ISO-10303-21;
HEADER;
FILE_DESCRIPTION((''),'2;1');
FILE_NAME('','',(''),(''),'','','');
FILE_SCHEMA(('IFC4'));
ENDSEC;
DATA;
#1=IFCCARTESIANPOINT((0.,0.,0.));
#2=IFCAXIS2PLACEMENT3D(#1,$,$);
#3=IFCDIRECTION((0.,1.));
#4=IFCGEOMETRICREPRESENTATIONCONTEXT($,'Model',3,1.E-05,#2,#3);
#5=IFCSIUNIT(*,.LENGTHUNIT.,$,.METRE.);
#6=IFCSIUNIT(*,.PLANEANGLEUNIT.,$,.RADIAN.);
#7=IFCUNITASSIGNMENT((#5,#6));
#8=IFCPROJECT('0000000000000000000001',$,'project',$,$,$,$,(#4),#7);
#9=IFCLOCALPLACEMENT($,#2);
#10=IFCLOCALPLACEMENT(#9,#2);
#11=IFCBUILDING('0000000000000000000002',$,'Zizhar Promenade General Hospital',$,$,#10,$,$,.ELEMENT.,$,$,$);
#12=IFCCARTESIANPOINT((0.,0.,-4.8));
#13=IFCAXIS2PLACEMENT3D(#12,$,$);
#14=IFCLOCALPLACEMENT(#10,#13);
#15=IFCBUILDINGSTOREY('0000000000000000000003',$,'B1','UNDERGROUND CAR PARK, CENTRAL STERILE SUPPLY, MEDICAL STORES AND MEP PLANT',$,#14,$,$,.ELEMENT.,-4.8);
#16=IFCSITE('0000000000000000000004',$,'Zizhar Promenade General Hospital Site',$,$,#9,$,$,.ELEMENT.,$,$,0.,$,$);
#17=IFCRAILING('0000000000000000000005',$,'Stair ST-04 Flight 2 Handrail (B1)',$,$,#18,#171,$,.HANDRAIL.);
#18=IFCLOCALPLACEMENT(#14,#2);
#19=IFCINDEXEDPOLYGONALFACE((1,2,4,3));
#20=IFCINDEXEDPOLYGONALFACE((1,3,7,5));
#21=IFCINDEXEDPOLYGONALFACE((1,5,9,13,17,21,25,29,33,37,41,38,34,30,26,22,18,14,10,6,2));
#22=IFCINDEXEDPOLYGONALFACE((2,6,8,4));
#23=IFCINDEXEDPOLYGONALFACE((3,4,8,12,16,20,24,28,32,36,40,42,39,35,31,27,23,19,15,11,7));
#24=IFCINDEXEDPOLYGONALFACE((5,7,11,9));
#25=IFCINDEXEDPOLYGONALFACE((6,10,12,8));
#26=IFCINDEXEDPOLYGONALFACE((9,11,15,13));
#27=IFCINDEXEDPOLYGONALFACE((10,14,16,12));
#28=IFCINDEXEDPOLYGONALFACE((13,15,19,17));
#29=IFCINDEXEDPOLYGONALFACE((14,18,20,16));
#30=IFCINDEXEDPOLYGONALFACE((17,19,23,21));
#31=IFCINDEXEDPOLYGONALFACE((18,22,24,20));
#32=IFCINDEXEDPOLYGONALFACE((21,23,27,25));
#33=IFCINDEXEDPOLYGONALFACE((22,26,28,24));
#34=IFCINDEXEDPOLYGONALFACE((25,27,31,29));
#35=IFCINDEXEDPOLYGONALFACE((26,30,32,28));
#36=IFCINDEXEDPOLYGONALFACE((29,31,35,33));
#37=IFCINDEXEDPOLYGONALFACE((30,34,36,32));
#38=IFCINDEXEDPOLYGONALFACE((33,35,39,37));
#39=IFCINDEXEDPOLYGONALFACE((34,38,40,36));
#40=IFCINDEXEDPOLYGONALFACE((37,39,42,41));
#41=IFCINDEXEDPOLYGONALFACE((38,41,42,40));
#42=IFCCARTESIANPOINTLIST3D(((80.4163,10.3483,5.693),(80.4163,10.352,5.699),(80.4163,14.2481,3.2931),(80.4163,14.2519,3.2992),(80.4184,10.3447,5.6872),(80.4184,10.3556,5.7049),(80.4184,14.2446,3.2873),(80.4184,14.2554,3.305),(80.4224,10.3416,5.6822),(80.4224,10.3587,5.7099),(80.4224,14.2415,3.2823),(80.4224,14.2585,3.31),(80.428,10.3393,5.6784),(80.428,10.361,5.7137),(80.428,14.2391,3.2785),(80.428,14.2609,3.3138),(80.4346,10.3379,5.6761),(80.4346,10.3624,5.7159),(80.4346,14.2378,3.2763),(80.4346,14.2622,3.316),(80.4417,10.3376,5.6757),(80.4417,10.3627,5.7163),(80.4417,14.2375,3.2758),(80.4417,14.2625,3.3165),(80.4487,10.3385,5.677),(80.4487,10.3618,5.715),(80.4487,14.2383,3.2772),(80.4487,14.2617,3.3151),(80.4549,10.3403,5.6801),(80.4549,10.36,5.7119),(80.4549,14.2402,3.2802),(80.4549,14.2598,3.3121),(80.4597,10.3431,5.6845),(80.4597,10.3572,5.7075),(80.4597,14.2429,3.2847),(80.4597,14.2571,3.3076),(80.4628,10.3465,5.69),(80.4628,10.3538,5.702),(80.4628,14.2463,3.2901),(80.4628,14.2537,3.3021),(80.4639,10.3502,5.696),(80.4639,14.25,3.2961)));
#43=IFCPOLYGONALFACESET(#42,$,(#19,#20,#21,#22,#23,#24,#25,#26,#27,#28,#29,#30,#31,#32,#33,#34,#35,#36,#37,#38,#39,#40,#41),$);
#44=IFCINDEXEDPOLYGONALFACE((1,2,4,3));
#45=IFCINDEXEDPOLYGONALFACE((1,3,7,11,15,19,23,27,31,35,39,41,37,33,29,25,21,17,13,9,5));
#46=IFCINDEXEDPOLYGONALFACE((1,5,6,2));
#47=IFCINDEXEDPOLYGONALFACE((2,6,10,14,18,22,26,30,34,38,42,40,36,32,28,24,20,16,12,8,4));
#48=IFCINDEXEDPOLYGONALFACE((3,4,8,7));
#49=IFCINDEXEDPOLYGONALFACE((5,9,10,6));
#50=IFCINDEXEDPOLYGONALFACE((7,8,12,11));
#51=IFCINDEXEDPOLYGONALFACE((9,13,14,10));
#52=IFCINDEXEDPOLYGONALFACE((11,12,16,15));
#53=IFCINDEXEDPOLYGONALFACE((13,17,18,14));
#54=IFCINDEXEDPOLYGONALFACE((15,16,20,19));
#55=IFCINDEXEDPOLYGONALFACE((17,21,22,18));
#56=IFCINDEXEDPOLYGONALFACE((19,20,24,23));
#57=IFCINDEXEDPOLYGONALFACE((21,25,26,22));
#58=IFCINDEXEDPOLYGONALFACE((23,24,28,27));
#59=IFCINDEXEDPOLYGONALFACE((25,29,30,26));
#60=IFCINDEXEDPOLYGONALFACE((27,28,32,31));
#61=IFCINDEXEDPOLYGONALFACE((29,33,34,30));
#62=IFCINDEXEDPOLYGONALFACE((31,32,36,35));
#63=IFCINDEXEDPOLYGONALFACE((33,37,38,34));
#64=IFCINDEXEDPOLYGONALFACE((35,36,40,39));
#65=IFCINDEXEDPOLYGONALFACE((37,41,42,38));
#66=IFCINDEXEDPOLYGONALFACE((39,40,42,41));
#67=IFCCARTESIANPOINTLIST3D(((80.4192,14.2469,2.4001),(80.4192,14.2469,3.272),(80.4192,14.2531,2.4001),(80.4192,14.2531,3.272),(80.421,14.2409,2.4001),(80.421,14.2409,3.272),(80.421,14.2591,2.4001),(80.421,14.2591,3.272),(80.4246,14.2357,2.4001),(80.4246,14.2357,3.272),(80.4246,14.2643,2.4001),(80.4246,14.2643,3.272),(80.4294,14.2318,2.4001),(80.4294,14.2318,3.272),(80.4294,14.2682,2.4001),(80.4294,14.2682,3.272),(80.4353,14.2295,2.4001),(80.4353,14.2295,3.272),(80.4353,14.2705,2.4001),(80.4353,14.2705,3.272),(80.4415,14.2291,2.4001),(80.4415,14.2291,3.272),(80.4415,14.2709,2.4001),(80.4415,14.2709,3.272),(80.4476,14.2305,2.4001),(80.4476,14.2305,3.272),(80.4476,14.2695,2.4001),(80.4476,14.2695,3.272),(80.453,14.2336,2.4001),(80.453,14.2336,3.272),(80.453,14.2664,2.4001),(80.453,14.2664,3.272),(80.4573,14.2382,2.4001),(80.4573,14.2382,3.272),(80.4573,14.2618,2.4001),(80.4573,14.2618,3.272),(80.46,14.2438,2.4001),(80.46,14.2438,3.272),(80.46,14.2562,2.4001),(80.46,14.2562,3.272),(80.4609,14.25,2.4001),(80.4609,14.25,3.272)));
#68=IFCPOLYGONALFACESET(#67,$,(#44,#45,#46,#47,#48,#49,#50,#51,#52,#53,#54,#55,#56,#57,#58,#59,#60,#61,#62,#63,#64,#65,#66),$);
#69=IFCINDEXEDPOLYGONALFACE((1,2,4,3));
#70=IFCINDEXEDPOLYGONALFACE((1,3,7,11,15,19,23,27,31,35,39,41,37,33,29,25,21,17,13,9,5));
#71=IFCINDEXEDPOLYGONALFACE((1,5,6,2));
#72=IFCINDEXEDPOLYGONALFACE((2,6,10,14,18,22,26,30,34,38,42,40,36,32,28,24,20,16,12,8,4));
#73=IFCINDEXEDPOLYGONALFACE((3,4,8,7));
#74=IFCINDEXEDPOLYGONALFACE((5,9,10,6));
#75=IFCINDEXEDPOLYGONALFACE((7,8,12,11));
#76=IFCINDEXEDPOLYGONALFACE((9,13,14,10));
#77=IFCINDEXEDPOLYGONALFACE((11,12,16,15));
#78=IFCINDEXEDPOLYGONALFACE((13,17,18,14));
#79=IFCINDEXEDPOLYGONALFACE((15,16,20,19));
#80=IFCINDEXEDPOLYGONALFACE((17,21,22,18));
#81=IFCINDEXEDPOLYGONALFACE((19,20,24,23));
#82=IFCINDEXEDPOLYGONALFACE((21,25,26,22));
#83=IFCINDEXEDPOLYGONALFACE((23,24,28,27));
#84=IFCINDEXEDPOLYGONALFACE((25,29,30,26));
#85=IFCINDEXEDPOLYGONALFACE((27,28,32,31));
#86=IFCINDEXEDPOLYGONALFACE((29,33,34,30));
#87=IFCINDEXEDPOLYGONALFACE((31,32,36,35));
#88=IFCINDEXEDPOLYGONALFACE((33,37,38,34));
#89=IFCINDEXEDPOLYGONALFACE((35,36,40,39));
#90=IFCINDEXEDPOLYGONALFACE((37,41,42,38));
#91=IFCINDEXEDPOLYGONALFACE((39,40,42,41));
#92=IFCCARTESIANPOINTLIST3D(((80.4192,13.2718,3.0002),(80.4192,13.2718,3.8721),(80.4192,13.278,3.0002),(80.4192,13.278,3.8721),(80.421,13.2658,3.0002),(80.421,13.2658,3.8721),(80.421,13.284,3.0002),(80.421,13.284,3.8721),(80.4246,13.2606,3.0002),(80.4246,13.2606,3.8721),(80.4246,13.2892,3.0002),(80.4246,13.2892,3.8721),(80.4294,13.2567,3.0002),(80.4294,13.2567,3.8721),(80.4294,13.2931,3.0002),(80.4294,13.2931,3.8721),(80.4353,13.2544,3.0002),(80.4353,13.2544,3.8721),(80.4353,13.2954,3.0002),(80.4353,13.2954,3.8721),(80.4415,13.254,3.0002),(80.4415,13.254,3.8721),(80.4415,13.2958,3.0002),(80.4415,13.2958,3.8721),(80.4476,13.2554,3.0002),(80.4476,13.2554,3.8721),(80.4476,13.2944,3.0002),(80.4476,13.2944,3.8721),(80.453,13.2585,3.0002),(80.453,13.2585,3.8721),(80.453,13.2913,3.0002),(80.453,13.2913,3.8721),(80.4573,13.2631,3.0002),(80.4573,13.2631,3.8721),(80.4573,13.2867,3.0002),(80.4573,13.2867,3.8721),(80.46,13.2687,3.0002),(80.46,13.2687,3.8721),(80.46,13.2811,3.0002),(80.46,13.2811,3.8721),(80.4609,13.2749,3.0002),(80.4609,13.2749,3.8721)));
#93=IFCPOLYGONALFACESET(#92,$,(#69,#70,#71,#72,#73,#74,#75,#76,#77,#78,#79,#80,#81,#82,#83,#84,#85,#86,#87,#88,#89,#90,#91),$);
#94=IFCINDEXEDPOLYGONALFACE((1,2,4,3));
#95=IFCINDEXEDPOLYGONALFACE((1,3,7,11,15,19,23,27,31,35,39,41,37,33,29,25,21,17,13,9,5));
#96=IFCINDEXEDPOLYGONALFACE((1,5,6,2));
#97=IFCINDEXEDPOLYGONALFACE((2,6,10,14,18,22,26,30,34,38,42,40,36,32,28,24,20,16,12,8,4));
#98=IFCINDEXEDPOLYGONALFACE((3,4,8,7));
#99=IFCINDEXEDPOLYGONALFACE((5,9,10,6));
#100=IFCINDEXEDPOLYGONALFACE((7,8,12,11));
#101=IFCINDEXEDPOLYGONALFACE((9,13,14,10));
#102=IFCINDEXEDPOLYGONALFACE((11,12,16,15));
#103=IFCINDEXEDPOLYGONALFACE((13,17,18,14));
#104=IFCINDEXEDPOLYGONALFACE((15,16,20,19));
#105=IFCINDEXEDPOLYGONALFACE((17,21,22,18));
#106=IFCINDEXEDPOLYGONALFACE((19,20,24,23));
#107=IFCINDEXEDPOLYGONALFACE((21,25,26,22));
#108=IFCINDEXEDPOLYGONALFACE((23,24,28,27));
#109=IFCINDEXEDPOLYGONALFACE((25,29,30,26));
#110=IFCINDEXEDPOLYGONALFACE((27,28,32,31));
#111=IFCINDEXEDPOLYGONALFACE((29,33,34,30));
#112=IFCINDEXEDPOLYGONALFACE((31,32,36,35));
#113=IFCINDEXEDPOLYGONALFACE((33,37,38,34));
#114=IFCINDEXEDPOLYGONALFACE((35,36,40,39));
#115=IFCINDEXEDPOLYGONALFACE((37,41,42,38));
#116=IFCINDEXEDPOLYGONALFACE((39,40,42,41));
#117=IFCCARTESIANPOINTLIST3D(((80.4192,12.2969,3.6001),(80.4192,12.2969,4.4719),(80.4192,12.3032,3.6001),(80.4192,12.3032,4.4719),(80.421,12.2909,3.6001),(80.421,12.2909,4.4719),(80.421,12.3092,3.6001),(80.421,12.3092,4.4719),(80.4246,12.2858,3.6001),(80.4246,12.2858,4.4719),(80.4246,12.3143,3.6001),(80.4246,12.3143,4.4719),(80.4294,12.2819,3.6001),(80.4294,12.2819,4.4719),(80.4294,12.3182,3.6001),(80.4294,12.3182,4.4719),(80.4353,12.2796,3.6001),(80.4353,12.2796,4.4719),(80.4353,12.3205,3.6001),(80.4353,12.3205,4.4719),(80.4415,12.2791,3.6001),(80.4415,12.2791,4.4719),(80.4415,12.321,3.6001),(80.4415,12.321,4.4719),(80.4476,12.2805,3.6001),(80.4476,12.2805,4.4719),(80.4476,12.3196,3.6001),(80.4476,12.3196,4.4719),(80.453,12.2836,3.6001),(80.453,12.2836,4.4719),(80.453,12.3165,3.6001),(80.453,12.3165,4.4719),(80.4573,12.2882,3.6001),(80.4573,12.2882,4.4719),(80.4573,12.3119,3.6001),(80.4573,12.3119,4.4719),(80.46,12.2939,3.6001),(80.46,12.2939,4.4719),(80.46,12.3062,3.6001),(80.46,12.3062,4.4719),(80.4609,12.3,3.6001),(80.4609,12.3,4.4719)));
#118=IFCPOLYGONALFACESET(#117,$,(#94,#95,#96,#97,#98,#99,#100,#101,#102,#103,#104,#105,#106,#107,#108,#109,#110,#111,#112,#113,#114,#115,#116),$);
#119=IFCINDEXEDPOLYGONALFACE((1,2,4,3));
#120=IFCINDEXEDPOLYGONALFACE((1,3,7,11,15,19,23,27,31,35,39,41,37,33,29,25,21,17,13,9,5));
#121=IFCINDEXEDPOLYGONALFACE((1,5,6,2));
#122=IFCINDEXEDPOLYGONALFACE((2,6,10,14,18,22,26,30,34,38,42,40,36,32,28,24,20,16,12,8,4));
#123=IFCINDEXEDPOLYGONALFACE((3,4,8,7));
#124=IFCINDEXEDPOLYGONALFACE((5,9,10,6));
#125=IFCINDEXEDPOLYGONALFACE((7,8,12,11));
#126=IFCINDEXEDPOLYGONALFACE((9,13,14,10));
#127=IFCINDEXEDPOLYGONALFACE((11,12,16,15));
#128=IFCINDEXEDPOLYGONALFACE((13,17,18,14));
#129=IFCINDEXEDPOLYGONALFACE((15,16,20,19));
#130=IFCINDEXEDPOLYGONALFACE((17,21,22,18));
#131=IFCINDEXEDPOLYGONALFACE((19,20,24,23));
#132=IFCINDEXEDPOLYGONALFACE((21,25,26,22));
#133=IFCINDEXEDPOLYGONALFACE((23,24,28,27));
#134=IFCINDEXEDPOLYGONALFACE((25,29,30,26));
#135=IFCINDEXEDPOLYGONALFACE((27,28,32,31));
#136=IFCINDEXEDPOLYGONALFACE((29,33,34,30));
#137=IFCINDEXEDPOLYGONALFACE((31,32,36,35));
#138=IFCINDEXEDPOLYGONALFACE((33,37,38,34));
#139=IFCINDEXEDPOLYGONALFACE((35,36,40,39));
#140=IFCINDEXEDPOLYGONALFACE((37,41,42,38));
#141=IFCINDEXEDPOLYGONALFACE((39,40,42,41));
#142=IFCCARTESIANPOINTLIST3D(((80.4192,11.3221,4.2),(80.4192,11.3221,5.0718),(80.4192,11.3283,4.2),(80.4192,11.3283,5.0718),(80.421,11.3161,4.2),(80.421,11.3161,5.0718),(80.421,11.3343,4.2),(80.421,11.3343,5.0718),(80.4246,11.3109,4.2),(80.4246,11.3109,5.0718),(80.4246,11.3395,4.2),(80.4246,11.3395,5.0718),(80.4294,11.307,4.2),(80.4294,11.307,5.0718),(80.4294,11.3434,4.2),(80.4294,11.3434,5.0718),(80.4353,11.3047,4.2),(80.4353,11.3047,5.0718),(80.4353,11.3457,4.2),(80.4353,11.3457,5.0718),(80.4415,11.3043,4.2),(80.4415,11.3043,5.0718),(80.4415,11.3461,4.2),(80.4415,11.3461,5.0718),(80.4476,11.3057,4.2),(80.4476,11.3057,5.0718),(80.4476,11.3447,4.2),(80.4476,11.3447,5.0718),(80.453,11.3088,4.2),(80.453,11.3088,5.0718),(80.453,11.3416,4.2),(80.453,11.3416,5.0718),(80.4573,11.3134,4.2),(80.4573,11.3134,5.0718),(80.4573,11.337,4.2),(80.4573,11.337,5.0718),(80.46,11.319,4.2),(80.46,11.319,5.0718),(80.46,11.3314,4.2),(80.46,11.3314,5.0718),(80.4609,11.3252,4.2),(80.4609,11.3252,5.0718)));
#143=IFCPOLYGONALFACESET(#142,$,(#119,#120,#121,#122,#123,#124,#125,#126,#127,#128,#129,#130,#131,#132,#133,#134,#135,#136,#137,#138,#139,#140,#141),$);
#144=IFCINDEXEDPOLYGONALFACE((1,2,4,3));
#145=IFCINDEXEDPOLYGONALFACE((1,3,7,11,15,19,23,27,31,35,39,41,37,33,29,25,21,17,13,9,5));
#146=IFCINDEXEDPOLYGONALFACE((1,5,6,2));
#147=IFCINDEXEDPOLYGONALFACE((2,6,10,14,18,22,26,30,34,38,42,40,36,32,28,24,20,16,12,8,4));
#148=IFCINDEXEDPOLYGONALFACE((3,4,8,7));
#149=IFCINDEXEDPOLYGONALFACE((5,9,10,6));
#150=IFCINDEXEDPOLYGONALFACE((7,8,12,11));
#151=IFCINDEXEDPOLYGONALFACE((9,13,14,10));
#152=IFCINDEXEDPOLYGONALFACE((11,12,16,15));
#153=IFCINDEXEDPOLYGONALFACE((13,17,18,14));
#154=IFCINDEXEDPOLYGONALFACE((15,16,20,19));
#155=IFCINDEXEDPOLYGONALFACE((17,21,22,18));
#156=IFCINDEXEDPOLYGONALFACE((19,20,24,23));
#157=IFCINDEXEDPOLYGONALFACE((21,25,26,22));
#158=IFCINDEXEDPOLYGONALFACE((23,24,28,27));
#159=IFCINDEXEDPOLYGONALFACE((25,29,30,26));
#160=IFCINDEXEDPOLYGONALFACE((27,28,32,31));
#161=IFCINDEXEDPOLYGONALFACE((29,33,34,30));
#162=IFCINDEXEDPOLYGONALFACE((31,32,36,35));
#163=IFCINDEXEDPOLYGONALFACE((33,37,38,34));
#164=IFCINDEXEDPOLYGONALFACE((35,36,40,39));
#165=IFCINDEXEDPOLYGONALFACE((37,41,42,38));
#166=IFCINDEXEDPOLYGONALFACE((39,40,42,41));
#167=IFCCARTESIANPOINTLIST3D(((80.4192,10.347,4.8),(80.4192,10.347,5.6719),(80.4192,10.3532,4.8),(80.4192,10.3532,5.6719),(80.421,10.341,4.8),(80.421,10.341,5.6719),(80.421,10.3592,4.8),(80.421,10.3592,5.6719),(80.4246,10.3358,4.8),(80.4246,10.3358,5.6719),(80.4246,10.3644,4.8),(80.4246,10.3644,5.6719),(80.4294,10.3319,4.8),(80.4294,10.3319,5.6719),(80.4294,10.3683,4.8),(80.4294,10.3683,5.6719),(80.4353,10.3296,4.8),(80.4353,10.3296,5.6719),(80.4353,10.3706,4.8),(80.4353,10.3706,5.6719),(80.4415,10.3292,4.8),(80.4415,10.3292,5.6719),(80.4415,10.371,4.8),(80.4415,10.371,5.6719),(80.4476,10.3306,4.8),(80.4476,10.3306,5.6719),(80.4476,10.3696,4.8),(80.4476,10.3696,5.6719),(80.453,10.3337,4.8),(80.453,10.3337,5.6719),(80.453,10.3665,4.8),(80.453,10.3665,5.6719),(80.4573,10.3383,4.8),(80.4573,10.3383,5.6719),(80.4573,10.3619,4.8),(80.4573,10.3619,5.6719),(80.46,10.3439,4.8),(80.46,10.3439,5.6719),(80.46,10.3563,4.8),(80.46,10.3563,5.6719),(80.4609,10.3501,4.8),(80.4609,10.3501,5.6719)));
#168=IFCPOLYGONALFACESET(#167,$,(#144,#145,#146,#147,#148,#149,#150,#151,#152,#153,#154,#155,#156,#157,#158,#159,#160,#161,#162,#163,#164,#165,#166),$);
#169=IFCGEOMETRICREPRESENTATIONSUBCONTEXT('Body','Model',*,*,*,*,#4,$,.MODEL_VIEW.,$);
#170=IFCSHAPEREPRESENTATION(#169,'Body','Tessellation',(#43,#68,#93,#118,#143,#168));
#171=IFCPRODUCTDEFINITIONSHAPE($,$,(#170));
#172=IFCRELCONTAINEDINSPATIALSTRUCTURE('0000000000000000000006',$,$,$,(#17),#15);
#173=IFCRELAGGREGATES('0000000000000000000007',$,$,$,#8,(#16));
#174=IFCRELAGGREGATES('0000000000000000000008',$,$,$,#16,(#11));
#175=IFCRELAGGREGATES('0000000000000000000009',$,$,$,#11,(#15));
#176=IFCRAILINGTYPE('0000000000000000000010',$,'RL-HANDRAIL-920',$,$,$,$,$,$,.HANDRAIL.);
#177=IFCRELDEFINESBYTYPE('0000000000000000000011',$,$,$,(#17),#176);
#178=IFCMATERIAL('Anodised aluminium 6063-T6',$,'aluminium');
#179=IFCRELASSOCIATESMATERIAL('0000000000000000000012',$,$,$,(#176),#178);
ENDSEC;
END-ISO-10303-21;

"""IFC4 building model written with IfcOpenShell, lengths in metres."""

from ifc_helpers import new_model, si_unit, direction, frame, origin, origin_2d, place, context, subcontext, project, spatial, circle, hollow_circle, extrude, material, material_profile, profile_set, type_object, element, save


model = new_model("IFC4")

# Units and contexts
model_context = context("Model", 3, precision=1e-05, world=origin(), true_north=direction((0.0, 1.0)))
body_context = subcontext(model_context, "Body", "Model", "MODEL_VIEW")
ifc_project = project(units=[si_unit("LENGTHUNIT", "METRE"), si_unit("PLANEANGLEUNIT", "RADIAN")], contexts=[model_context])

# Site, building, storey
site_placement = place(None, origin())
site = spatial("IfcSite", under=ifc_project, at=site_placement, Name="Zizhar Promenade General Hospital Site", CompositionType="ELEMENT", RefElevation=0.0)
building_placement = place(site_placement, origin())
building = spatial("IfcBuilding", under=site, at=building_placement, Name="Zizhar Promenade General Hospital", CompositionType="ELEMENT")
storey_placement = place(building_placement, frame((0.0, 0.0, -4.8)))
storey = spatial("IfcBuildingStorey", under=building, at=storey_placement, Name="B1", Description="UNDERGROUND CAR PARK, CENTRAL STERILE SUPPLY, MEDICAL STORES AND MEP PLANT", CompositionType="ELEMENT", Elevation=-4.8)

# Railing
ifc_material_1 = material(Name="Anodised aluminium 6063-T6", Category="aluminium")
ifc_material_profile_1 = material_profile(ifc_material_1, hollow_circle(Radius=0.0698, WallThickness=0.0063, at=origin_2d()))
ifc_profile_set_1 = profile_set([ifc_material_profile_1], Name="Anodised aluminium 6063-T6")
railing_type_1 = type_object("IfcRailingType", Name="RL-HANDRAIL-920", PredefinedType="HANDRAIL", material=ifc_profile_set_1)
railing_1_placement = place(storey_placement, frame((80.4399, 14.25, 2.4001)))
element("IfcRailing", 1, at=railing_1_placement, inside=storey, type_object=railing_type_1, Name="Stair ST-04 Flight 2 Handrail (B1)", PredefinedType="HANDRAIL", context=body_context, shape_type="SweptSolid", body=[
    extrude(circle(Radius=0.0239, at=origin_2d()), frame((0.0, 0.0, 0.896), z_axis=(0.0, -0.851662, 0.524091), x_axis=(1.0, 0.0, 0.0)), (0.0, 0.0, 1.0), 4.5791),
    extrude(circle(Radius=0.021, at=origin_2d()), origin(), (0.0, 0.0, 1.0), 0.8718),
    extrude(circle(Radius=0.021, at=origin_2d()), frame((0.0, -0.9751, 0.6001)), (0.0, 0.0, 1.0), 0.8718),
    extrude(circle(Radius=0.021, at=origin_2d()), frame((0.0, -1.95, 1.2)), (0.0, 0.0, 1.0), 0.8718),
    extrude(circle(Radius=0.021, at=origin_2d()), frame((0.0, -2.9248, 1.7998)), (0.0, 0.0, 1.0), 0.8718),
    extrude(circle(Radius=0.021, at=origin_2d()), frame((0.0, -3.8999, 2.3999)), (0.0, 0.0, 1.0), 0.8718),
])

save(model, "model.ifc")
